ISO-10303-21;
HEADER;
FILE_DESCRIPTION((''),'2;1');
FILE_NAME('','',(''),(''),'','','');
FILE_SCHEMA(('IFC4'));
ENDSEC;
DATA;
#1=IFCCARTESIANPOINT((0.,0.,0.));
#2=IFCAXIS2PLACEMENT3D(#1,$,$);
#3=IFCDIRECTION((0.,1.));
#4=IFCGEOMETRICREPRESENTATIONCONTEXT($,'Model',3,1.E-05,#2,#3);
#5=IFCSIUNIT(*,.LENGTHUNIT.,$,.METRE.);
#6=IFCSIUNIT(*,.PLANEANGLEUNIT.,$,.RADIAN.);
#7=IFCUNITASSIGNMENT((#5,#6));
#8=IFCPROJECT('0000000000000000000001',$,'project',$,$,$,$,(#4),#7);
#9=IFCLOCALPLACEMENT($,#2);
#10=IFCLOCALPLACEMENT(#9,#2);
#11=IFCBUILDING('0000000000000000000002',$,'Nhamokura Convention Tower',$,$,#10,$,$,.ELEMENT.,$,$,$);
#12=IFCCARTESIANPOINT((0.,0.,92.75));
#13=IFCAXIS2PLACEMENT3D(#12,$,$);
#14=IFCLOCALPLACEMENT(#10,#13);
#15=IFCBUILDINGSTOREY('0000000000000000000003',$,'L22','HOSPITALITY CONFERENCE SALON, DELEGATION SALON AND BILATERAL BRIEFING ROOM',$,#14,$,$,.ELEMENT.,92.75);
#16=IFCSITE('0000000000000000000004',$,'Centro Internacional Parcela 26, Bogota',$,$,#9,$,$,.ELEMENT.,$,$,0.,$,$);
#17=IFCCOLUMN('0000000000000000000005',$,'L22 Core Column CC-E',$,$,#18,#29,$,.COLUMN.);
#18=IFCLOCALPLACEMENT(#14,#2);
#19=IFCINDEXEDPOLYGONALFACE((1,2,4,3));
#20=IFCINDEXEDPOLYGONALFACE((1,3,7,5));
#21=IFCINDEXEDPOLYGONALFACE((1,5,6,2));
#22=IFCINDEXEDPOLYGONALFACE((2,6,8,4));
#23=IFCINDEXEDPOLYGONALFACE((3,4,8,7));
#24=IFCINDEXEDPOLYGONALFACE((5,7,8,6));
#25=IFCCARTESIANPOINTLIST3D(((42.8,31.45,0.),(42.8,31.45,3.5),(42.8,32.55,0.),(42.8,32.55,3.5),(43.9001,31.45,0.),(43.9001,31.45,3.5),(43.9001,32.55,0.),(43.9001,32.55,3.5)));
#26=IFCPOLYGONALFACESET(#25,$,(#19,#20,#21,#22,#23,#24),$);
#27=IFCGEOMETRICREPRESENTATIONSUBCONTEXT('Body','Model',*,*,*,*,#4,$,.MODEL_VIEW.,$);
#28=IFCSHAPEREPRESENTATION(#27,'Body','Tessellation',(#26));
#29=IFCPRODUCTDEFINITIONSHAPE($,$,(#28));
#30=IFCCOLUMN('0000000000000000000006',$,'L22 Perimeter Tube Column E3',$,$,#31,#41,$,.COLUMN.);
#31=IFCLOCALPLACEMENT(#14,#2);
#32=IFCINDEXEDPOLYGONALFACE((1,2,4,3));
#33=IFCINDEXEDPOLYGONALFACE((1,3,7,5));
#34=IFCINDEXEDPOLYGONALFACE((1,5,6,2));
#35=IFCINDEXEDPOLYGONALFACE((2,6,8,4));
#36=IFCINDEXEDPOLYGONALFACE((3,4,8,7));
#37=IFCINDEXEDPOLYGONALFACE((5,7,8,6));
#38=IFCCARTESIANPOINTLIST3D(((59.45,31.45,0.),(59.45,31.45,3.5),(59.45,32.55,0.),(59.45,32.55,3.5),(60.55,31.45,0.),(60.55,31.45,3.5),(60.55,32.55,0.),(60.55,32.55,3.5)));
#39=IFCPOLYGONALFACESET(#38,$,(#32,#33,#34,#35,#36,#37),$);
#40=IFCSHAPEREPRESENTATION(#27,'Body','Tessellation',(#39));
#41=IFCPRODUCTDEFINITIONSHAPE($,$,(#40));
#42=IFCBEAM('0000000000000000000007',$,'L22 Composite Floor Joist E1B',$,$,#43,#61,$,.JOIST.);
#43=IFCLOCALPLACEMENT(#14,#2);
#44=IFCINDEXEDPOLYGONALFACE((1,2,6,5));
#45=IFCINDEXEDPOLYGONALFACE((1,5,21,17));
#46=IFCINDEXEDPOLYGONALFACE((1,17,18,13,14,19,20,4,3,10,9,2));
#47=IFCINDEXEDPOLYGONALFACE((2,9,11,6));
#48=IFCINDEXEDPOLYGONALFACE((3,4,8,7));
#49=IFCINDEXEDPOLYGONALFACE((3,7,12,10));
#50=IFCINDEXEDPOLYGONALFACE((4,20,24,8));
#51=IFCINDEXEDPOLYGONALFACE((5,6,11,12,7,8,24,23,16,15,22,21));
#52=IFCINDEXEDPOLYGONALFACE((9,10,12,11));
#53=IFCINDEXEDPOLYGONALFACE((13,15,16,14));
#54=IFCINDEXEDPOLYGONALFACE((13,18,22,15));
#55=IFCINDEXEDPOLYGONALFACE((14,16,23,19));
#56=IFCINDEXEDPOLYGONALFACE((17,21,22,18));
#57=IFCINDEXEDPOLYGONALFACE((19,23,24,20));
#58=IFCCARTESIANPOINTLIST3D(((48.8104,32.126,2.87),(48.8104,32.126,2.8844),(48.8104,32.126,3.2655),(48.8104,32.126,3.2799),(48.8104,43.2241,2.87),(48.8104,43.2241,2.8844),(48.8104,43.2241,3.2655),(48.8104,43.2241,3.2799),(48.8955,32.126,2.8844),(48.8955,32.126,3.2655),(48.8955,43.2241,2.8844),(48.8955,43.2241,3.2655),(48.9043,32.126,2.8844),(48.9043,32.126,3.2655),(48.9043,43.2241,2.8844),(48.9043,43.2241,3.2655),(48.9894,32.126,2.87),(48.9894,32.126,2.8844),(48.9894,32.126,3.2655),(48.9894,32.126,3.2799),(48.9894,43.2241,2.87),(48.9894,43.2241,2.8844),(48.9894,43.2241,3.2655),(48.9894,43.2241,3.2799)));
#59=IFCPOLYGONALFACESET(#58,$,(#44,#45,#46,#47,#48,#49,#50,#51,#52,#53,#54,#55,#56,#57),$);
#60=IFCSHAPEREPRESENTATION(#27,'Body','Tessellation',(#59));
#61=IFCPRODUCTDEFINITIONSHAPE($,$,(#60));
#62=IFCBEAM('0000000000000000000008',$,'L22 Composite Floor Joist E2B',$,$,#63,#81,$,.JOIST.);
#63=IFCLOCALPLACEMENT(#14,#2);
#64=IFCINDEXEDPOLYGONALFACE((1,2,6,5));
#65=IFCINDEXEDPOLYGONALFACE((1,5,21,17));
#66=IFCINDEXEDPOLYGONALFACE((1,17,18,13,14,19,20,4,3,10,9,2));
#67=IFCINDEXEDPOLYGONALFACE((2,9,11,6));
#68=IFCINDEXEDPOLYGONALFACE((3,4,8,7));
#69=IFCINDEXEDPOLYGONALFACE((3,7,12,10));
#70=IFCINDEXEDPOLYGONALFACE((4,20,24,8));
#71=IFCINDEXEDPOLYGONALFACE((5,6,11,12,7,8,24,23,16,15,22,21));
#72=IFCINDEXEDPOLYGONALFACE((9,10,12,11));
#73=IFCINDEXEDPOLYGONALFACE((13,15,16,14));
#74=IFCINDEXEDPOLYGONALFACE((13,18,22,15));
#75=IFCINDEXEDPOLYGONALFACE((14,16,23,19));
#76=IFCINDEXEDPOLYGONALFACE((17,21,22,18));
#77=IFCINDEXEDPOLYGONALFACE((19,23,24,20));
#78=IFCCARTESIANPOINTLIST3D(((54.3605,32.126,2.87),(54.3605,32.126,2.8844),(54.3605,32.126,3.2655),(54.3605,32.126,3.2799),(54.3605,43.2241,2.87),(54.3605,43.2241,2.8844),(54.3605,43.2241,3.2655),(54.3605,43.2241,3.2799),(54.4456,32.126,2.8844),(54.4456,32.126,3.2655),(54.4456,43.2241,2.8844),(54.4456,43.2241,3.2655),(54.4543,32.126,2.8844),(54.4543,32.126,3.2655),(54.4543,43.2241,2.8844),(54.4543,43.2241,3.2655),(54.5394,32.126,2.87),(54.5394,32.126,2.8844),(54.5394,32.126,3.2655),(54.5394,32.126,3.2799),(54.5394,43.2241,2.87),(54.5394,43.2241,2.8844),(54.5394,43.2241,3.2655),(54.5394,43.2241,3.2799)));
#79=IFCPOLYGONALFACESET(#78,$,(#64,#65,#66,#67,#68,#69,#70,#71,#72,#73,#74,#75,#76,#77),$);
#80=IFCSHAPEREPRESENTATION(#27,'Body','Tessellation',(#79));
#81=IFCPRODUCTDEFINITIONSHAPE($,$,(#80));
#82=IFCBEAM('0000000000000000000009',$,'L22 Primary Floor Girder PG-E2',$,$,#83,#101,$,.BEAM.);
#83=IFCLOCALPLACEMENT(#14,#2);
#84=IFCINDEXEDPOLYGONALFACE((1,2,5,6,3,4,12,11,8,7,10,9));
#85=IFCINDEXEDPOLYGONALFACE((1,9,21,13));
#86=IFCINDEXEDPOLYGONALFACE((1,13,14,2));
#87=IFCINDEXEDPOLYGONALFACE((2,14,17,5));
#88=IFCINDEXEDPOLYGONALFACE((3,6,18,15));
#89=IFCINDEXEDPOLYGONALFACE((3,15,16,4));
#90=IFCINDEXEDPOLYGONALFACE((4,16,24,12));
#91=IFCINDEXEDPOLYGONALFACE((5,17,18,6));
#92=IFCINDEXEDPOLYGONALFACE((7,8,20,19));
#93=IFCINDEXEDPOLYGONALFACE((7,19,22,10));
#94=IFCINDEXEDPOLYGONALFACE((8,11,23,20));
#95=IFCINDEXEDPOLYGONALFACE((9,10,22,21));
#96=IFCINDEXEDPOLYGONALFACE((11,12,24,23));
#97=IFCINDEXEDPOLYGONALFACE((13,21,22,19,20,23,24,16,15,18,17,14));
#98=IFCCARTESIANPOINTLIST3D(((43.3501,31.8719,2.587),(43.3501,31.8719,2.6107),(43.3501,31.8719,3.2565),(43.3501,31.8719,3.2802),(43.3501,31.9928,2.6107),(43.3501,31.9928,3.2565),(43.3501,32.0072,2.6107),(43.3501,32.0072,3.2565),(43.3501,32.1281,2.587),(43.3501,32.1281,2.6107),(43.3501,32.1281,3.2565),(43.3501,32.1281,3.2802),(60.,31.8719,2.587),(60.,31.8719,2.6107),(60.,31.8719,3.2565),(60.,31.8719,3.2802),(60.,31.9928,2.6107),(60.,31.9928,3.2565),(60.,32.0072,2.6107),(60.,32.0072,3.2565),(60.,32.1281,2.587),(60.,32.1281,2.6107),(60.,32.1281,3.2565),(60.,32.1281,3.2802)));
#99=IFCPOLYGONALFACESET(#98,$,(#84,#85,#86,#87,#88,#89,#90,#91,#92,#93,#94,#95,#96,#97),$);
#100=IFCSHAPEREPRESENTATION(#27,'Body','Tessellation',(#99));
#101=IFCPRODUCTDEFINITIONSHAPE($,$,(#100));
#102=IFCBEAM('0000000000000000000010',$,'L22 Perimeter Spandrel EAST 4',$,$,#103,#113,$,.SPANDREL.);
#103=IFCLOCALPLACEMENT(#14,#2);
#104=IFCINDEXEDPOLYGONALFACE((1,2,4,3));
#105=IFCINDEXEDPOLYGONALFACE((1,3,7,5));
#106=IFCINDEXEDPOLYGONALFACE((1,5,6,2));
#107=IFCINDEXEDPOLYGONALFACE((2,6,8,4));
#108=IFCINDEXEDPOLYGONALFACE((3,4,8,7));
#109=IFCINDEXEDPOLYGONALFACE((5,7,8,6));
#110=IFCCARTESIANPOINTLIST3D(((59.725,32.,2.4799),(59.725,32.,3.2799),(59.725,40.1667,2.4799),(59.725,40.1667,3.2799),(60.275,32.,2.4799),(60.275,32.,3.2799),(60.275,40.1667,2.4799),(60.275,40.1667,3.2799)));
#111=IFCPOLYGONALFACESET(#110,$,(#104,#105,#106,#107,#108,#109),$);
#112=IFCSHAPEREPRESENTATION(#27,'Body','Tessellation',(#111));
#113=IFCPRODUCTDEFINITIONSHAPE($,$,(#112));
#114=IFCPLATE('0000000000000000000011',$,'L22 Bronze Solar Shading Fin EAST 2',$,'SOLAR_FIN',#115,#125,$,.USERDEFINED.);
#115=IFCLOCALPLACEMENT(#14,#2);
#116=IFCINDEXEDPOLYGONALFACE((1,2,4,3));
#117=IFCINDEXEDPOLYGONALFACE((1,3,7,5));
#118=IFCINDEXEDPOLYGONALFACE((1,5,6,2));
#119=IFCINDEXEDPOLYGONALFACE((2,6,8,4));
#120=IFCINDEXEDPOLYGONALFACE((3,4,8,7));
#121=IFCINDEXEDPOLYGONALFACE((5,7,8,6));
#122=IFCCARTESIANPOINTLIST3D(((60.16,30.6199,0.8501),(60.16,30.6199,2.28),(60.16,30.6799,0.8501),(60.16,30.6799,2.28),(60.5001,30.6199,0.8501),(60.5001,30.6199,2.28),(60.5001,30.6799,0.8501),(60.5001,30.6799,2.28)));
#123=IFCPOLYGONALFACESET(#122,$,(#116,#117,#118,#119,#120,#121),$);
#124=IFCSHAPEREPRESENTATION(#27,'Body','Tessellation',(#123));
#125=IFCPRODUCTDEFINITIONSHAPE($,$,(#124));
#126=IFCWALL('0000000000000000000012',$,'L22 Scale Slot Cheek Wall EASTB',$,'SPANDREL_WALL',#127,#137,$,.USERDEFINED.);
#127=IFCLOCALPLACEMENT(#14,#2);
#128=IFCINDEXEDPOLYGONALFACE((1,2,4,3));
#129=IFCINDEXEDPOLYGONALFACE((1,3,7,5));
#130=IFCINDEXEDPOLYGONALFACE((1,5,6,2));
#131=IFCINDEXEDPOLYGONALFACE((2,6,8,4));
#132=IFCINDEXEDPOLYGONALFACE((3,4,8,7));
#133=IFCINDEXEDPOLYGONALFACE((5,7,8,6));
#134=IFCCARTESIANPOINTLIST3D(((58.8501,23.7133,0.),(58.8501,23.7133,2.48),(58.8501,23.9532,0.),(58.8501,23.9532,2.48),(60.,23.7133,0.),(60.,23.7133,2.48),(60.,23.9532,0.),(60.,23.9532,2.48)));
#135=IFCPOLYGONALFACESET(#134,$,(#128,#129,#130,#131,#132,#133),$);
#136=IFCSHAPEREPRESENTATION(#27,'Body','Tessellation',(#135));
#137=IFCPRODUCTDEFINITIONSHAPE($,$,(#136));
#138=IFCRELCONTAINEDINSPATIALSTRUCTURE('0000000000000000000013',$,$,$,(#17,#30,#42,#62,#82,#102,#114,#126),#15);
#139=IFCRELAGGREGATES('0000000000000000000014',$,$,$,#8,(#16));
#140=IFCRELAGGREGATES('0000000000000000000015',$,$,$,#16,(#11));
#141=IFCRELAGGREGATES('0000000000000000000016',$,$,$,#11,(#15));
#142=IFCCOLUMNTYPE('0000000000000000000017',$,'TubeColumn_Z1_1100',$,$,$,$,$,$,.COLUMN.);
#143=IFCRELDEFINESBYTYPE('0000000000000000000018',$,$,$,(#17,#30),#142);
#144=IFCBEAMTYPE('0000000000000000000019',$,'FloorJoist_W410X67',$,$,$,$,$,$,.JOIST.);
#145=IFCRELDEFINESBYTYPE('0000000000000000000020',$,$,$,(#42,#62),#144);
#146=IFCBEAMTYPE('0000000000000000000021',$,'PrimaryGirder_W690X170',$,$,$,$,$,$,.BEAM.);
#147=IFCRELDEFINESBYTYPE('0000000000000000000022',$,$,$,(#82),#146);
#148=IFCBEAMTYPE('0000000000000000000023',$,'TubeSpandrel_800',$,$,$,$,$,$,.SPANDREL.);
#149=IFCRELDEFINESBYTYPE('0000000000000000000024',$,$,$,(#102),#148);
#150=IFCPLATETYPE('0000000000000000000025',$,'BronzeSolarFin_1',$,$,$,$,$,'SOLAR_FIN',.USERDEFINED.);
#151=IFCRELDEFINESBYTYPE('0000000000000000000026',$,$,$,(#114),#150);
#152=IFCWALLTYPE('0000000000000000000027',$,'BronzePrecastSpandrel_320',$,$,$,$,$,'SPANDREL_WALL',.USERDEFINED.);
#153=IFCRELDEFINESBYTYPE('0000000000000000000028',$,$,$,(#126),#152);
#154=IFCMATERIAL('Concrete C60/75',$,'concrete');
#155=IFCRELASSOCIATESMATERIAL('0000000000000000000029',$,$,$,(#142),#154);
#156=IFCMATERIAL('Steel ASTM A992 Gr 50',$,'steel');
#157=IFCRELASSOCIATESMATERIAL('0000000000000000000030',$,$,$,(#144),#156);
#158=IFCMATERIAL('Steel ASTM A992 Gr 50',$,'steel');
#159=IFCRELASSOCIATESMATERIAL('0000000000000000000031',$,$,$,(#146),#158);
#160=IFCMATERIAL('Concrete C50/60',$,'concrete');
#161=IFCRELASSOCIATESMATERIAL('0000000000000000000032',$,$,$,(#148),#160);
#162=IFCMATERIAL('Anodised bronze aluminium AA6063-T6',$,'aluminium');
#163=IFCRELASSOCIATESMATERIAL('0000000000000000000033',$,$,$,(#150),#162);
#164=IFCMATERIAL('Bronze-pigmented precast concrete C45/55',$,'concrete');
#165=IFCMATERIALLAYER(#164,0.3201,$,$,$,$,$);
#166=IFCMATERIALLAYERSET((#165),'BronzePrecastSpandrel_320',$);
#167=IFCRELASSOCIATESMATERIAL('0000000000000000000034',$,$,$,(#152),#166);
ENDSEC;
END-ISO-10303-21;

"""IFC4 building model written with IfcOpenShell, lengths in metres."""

from ifc_helpers import new_model, si_unit, direction, frame, frame_2d, origin, origin_2d, place, context, subcontext, project, spatial, rectangle, i_section, extrude, material, layer, layer_set, material_profile, profile_set, type_object, element, save


model = new_model("IFC4")

# Units and contexts
model_context = context("Model", 3, precision=1e-05, world=origin(), true_north=direction((0.0, 1.0)))
body_context = subcontext(model_context, "Body", "Model", "MODEL_VIEW")
ifc_project = project(units=[si_unit("LENGTHUNIT", "METRE"), si_unit("PLANEANGLEUNIT", "RADIAN")], contexts=[model_context])

# Site, building, storey
site_placement = place(None, origin())
site = spatial("IfcSite", under=ifc_project, at=site_placement, Name="Centro Internacional Parcela 26, Bogota", CompositionType="ELEMENT", RefElevation=0.0)
building_placement = place(site_placement, origin())
building = spatial("IfcBuilding", under=site, at=building_placement, Name="Nhamokura Convention Tower", CompositionType="ELEMENT")
storey_placement = place(building_placement, frame((0.0, 0.0, 92.75)))
storey = spatial("IfcBuildingStorey", under=building, at=storey_placement, Name="L22", Description="HOSPITALITY CONFERENCE SALON, DELEGATION SALON AND BILATERAL BRIEFING ROOM", CompositionType="ELEMENT", Elevation=92.75)

# Columns
ifc_material_1 = material(Name="Concrete C60/75", Category="concrete")
ifc_material_profile_1 = material_profile(ifc_material_1, rectangle(XDim=1.1001, YDim=1.1001, at=origin_2d()))
ifc_profile_set_1 = profile_set([ifc_material_profile_1], Name="Concrete C60/75")
column_type = type_object("IfcColumnType", Name="TubeColumn_Z1_1100", PredefinedType="COLUMN", material=ifc_profile_set_1)
for number, where, z_axis, x_axis, name in (
    (1, (43.3501, 32.0, 0.0), (0.0, 0.0, 1.0), (1.0, 0.0, 0.0), "L22 Core Column CC-E"),
    (2, (60.0, 32.0, 0.0), (0.0, 0.0, 1.0), (1.0, 0.0, 0.0), "L22 Perimeter Tube Column E3"),
):
    element("IfcColumn", number, at=place(storey_placement, frame(where, z_axis=z_axis, x_axis=x_axis)), inside=storey, type_object=column_type, Name=name, PredefinedType="COLUMN", context=body_context, shape_type="SweptSolid", body=[
        extrude(rectangle(XDim=1.1001, YDim=1.1001, at=origin_2d()), origin(), (0.0, 0.0, 1.0), 3.5),
    ])

# Beams
ifc_material_2 = material(Name="Steel ASTM A992 Gr 50", Category="steel")
ifc_material_profile_2 = material_profile(ifc_material_2, i_section(OverallWidth=0.179, OverallDepth=0.4099, WebThickness=0.0088, FlangeThickness=0.0144, at=origin_2d()))
ifc_profile_set_2 = profile_set([ifc_material_profile_2], Name="Steel ASTM A992 Gr 50")
beam_type_1 = type_object("IfcBeamType", Name="FloorJoist_W410X67", PredefinedType="JOIST", material=ifc_profile_set_2)
for number, where, z_axis, x_axis, name in (
    (3, (48.8999, 32.126, 3.075), (0.0, 1.0, 0.0), (-1.0, 0.0, 0.0), "L22 Composite Floor Joist E1B"),
    (4, (54.45, 32.126, 3.075), (0.0, 1.0, 0.0), (-1.0, 0.0, 0.0), "L22 Composite Floor Joist E2B"),
):
    element("IfcBeam", number, at=place(storey_placement, frame(where, z_axis=z_axis, x_axis=x_axis)), inside=storey, type_object=beam_type_1, Name=name, PredefinedType="JOIST", context=body_context, shape_type="SweptSolid", body=[
        extrude(i_section(OverallWidth=0.179, OverallDepth=0.4099, WebThickness=0.0088, FlangeThickness=0.0144, at=origin_2d()), origin(), (0.0, 0.0, 1.0), 11.0981),
    ])
ifc_material_3 = material(Name="Steel ASTM A992 Gr 50", Category="steel")
ifc_material_profile_3 = material_profile(ifc_material_3, i_section(OverallWidth=0.2561, OverallDepth=0.6931, WebThickness=0.0144, FlangeThickness=0.0237, at=origin_2d()))
ifc_profile_set_3 = profile_set([ifc_material_profile_3], Name="Steel ASTM A992 Gr 50")
beam_type_2 = type_object("IfcBeamType", Name="PrimaryGirder_W690X170", PredefinedType="BEAM", material=ifc_profile_set_3)
beam_1_placement = place(storey_placement, frame((43.3501, 32.0, 2.9336), z_axis=(1.0, 0.0, 0.0), x_axis=(0.0, 1.0, 0.0)))
element("IfcBeam", 5, at=beam_1_placement, inside=storey, type_object=beam_type_2, Name="L22 Primary Floor Girder PG-E2", PredefinedType="BEAM", context=body_context, shape_type="SweptSolid", body=[
    extrude(i_section(OverallWidth=0.2561, OverallDepth=0.6931, WebThickness=0.0144, FlangeThickness=0.0237, at=origin_2d()), origin(), (0.0, 0.0, 1.0), 16.6499),
])
ifc_material_4 = material(Name="Concrete C50/60", Category="concrete")
ifc_material_profile_4 = material_profile(ifc_material_4, rectangle(XDim=0.55, YDim=0.8, at=origin_2d()))
ifc_profile_set_4 = profile_set([ifc_material_profile_4], Name="Concrete C50/60")
beam_type_3 = type_object("IfcBeamType", Name="TubeSpandrel_800", PredefinedType="SPANDREL", material=ifc_profile_set_4)
beam_2_placement = place(storey_placement, frame((60.0, 32.0, 2.8799), z_axis=(0.0, 1.0, 0.0), x_axis=(-1.0, 0.0, 0.0)))
element("IfcBeam", 6, at=beam_2_placement, inside=storey, type_object=beam_type_3, Name="L22 Perimeter Spandrel EAST 4", PredefinedType="SPANDREL", context=body_context, shape_type="SweptSolid", body=[
    extrude(rectangle(XDim=0.55, YDim=0.8, at=origin_2d()), origin(), (0.0, 0.0, 1.0), 8.1667),
])

# Plate
ifc_material_5 = material(Name="Anodised bronze aluminium AA6063-T6", Category="aluminium")
plate_type = type_object("IfcPlateType", Name="BronzeSolarFin_1", ElementType="SOLAR_FIN", PredefinedType="USERDEFINED", material=ifc_material_5)
plate_placement = place(storey_placement, frame((60.3301, 30.6499, 0.8501), z_axis=(0.0, 0.0, 1.0), x_axis=(1.0, 0.0, 0.0)))
element("IfcPlate", 7, at=plate_placement, inside=storey, type_object=plate_type, Name="L22 Bronze Solar Shading Fin EAST 2", ObjectType="SOLAR_FIN", PredefinedType="USERDEFINED", context=body_context, shape_type="SweptSolid", body=[
    extrude(rectangle(XDim=0.3401, YDim=0.0601, at=origin_2d()), origin(), (0.0, 0.0, 1.0), 1.4299),
])

# Wall
ifc_material_6 = material(Name="Bronze-pigmented precast concrete C45/55", Category="concrete")
ifc_layer_1 = layer(ifc_material_6, 0.3201)
ifc_layer_set_1 = layer_set([ifc_layer_1], Name="BronzePrecastSpandrel_320")
wall_type_1 = type_object("IfcWallType", Name="BronzePrecastSpandrel_320", ElementType="SPANDREL_WALL", PredefinedType="USERDEFINED", material=ifc_layer_set_1)
wall_1_placement = place(storey_placement, frame((60.0, 23.8333, 0.0), z_axis=(0.0, 0.0, 1.0), x_axis=(-1.0, 0.0, 0.0)))
element("IfcWall", 8, at=wall_1_placement, inside=storey, type_object=wall_type_1, Name="L22 Scale Slot Cheek Wall EASTB", ObjectType="SPANDREL_WALL", PredefinedType="USERDEFINED", context=body_context, shape_type="SweptSolid", body=[
    extrude(rectangle(XDim=1.1499, YDim=0.24, at=frame_2d((0.575, 0.0))), origin(), (0.0, 0.0, 1.0), 2.48),
])

save(model, "model.ifc")
